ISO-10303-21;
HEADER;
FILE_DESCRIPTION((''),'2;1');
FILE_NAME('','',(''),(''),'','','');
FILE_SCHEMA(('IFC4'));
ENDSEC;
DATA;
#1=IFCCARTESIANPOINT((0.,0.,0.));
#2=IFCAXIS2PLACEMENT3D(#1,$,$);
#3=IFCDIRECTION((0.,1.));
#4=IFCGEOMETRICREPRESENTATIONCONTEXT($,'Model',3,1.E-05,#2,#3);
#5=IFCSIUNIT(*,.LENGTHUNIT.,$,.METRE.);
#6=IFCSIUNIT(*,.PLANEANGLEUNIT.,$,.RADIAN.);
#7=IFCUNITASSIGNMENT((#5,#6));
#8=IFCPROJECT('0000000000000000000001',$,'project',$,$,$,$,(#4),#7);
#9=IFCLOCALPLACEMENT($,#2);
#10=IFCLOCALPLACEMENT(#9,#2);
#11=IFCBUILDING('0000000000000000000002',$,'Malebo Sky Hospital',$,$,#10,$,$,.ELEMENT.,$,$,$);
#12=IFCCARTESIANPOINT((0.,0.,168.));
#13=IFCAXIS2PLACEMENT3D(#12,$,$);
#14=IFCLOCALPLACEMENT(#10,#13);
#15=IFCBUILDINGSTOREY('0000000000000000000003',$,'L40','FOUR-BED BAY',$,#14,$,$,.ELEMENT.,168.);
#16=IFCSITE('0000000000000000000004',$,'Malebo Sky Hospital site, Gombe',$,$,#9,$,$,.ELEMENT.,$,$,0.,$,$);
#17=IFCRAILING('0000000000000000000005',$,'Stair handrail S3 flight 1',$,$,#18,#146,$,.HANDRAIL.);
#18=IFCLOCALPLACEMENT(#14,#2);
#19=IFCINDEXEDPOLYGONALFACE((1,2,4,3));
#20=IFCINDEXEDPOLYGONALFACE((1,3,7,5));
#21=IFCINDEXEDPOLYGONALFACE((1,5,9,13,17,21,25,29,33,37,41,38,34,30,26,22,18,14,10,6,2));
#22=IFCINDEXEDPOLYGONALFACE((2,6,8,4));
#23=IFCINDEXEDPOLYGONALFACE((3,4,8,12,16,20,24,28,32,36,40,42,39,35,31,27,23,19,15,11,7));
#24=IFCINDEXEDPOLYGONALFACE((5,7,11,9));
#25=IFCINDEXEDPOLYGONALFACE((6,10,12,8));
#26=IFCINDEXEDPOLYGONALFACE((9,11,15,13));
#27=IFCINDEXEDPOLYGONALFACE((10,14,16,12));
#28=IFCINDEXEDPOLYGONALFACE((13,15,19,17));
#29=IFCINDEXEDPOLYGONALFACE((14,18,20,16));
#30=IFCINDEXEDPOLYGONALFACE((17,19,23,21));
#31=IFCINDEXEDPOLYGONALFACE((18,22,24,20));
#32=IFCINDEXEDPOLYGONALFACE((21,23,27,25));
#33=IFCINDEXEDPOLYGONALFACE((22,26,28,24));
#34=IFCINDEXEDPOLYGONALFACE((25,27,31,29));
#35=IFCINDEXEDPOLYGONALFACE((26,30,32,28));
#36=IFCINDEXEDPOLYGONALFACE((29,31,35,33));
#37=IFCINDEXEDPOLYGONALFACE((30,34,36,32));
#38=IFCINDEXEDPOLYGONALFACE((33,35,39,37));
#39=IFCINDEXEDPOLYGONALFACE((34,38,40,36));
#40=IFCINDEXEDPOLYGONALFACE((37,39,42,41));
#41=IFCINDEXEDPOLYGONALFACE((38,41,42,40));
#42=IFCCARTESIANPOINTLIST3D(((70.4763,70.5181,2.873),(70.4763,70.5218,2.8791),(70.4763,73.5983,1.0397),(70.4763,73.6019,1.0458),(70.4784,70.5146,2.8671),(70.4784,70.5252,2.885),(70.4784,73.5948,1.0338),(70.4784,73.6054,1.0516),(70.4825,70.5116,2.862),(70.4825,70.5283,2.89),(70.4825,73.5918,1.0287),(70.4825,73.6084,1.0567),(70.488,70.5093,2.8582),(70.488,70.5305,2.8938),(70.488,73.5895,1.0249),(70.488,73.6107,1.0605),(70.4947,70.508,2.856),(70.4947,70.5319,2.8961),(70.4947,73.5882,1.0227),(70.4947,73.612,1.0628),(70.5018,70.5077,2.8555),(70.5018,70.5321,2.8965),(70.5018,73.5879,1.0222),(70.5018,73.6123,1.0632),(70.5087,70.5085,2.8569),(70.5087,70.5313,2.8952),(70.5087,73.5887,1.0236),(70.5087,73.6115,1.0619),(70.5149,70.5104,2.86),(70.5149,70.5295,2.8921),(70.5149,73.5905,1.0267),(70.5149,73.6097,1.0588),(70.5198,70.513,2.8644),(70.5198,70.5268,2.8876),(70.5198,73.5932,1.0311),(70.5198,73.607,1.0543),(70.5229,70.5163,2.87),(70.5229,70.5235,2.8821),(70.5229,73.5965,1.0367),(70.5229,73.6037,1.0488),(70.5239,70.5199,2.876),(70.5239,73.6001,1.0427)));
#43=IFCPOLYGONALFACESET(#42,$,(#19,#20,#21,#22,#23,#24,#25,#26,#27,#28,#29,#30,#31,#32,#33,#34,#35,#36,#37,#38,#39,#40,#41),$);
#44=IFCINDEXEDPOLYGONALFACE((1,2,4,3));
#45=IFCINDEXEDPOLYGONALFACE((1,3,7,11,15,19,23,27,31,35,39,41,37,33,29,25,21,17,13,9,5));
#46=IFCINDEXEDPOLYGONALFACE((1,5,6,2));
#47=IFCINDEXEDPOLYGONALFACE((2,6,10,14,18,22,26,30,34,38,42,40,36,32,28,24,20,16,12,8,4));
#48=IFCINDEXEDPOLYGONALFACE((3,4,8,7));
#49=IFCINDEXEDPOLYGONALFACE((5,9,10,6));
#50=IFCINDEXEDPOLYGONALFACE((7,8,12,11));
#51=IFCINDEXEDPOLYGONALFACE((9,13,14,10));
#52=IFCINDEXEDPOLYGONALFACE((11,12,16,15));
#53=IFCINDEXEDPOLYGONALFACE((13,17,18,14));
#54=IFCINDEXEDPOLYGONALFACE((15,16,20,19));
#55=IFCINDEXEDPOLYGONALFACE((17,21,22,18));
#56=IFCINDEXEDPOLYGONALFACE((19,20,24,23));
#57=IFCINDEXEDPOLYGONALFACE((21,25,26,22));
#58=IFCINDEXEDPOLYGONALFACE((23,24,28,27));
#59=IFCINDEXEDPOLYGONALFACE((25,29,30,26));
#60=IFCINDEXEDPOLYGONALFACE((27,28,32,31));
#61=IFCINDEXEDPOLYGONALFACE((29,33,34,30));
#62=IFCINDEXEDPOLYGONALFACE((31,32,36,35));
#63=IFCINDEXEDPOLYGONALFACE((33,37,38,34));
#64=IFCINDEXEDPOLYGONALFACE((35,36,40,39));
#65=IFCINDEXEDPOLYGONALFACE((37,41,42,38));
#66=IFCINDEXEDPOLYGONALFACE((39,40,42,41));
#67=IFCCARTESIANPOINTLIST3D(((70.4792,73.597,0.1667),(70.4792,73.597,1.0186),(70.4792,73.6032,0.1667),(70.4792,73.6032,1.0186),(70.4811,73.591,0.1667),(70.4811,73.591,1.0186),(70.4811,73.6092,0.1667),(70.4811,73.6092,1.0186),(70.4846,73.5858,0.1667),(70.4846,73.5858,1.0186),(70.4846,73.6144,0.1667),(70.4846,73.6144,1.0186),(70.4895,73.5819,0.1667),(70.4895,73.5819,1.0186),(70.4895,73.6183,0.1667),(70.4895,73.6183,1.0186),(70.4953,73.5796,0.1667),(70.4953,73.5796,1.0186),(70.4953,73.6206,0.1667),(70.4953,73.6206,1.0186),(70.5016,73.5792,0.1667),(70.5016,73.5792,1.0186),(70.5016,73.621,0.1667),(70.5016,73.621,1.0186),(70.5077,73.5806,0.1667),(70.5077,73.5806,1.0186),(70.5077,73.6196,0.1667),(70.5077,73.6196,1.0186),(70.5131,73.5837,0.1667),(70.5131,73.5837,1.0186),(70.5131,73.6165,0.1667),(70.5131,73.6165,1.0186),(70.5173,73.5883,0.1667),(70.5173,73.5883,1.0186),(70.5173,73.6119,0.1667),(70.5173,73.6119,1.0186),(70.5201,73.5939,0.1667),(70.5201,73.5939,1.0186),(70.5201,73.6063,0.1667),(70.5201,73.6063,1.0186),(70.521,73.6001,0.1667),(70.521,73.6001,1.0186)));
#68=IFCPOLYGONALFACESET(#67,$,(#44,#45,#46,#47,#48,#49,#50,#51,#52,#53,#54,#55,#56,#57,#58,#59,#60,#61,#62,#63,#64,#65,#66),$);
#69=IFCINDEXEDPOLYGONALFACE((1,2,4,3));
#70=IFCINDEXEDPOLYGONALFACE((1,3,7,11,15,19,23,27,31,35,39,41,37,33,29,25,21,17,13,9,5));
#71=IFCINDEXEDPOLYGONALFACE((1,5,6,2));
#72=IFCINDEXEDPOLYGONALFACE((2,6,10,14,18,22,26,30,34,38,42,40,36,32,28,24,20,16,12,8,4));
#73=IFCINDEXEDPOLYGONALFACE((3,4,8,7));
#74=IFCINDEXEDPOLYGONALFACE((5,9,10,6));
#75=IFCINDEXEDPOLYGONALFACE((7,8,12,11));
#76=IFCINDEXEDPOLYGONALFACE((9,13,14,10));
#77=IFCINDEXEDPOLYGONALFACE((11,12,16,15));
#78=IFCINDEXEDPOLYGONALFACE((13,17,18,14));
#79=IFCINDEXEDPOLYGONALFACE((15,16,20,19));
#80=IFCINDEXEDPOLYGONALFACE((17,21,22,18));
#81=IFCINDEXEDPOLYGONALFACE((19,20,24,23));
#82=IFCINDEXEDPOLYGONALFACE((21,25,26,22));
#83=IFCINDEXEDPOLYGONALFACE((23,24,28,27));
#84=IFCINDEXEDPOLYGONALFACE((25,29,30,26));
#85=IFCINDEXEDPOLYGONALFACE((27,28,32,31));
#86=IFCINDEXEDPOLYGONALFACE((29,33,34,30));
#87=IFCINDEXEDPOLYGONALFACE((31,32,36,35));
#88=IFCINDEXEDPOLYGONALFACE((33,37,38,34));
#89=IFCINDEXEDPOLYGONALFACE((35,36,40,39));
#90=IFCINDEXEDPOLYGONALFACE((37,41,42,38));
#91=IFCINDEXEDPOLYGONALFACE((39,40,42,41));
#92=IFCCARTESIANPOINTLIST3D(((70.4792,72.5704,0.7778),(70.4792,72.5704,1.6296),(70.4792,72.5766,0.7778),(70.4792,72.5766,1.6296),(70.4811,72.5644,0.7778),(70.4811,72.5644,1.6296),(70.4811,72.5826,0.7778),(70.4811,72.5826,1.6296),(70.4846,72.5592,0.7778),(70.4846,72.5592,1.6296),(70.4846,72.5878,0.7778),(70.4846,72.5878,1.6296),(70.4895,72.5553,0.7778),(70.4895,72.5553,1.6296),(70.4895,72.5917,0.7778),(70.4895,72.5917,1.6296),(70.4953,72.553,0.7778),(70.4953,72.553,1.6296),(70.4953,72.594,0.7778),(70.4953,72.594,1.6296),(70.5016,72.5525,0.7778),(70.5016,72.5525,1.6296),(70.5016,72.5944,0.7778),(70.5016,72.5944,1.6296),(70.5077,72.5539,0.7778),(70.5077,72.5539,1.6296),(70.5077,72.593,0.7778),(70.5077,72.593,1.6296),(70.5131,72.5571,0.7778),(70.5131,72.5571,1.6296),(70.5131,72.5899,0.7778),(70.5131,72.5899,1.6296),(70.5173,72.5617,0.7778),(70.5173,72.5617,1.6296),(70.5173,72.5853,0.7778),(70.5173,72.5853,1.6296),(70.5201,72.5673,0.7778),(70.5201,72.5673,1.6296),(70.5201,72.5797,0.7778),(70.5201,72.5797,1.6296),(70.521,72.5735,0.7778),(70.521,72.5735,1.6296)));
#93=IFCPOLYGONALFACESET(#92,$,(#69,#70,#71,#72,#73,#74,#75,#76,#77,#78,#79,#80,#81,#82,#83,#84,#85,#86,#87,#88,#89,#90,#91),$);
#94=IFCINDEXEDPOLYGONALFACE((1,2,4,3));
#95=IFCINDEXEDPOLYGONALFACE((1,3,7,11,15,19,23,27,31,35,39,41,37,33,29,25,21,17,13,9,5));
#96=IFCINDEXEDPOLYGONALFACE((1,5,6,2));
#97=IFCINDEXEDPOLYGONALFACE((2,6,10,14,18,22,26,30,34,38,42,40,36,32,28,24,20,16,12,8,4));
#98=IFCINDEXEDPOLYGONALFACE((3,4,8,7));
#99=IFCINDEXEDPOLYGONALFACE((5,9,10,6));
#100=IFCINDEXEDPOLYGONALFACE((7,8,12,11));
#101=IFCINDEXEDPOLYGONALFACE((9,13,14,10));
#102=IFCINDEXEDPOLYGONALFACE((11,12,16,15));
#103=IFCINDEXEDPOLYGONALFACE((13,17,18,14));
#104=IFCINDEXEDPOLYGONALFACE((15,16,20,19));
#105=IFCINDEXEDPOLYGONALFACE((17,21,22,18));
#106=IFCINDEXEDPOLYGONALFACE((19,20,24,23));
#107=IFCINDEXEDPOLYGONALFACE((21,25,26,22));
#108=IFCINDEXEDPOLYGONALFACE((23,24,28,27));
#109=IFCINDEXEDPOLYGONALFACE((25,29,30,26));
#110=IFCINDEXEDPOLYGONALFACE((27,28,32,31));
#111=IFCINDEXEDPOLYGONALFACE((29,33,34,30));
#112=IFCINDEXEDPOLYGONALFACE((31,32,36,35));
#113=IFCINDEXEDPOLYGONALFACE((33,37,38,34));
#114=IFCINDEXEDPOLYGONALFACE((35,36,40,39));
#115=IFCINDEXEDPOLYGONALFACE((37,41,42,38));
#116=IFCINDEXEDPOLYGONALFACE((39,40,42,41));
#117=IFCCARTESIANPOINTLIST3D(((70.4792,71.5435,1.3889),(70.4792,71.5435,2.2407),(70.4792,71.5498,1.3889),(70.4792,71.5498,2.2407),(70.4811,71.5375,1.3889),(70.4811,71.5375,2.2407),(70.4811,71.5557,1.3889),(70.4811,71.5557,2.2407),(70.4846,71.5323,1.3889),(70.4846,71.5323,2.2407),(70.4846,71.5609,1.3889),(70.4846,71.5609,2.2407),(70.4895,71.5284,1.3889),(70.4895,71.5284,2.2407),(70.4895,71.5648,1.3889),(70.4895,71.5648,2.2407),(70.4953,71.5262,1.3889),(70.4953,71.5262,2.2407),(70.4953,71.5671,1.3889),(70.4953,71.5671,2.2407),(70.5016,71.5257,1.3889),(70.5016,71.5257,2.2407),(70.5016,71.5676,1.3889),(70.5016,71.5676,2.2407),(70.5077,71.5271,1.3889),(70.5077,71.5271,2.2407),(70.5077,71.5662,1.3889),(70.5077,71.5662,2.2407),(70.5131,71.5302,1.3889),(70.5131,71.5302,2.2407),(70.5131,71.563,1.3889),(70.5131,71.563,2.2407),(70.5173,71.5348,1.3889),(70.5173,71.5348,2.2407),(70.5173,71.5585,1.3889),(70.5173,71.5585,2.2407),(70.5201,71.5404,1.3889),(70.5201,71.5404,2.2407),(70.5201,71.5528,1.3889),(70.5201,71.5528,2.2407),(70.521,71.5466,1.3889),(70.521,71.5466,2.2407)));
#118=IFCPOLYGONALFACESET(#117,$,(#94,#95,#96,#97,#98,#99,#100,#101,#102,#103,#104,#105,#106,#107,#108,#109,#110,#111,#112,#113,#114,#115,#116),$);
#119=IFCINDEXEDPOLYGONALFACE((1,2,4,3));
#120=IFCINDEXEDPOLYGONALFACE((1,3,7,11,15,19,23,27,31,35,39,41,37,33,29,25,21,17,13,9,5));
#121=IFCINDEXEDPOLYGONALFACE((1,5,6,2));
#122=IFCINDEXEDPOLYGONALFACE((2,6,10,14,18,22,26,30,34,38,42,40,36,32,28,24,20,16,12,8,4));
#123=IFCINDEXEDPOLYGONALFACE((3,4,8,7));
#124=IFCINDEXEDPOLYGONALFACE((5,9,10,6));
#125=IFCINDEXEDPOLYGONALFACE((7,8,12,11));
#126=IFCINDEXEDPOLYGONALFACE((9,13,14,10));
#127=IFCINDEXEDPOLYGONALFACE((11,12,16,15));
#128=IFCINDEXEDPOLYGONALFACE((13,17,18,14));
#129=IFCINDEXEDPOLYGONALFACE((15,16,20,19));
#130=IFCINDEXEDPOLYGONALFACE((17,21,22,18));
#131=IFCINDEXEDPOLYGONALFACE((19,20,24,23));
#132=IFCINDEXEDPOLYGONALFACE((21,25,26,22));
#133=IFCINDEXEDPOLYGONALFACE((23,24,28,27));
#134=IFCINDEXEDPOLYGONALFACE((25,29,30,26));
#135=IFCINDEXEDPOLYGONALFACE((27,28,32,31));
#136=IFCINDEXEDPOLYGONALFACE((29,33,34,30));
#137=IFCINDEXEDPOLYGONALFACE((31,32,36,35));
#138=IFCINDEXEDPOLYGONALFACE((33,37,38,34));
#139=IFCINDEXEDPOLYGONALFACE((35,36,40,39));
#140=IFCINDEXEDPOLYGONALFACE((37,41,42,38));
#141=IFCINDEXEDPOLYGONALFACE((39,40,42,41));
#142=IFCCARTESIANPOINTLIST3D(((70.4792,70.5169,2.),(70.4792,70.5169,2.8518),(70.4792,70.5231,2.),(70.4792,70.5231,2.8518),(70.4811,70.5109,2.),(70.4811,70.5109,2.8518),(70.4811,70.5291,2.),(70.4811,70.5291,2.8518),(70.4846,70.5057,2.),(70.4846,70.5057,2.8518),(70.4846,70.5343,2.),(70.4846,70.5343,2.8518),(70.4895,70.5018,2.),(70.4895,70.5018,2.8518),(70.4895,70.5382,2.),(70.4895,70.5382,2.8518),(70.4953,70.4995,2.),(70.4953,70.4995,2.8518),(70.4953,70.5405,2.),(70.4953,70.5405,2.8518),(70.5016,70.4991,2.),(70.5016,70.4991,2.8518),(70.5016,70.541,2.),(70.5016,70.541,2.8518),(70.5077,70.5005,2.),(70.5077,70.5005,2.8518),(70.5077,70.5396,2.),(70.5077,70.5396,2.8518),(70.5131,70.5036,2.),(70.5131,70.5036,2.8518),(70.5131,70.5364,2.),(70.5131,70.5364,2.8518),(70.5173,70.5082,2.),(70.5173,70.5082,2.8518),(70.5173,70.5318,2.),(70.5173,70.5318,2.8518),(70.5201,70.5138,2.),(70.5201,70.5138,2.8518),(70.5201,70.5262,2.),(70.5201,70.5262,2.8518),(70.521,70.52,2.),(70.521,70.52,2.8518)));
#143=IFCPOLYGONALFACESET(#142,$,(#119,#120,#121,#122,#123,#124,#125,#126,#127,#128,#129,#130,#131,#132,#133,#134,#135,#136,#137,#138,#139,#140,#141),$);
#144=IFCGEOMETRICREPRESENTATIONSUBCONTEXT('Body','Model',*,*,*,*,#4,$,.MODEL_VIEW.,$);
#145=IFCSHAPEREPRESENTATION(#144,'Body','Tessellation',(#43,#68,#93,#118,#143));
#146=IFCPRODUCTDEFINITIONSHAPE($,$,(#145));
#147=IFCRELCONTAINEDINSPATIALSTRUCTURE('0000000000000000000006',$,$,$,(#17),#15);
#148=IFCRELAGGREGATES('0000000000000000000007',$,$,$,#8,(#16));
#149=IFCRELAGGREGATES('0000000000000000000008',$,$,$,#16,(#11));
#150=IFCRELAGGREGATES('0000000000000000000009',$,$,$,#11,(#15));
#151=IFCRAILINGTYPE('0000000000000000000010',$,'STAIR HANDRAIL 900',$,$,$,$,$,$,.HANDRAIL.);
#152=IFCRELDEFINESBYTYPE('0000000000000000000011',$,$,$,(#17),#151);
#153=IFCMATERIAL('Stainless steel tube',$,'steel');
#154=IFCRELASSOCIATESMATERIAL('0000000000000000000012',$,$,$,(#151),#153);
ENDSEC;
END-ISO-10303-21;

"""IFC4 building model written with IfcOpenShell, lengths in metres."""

from ifc_helpers import new_model, si_unit, direction, frame, origin, origin_2d, place, context, subcontext, project, spatial, circle, extrude, material, type_object, element, save


model = new_model("IFC4")

# Units and contexts
model_context = context("Model", 3, precision=1e-05, world=origin(), true_north=direction((0.0, 1.0)))
body_context = subcontext(model_context, "Body", "Model", "MODEL_VIEW")
ifc_project = project(units=[si_unit("LENGTHUNIT", "METRE"), si_unit("PLANEANGLEUNIT", "RADIAN")], contexts=[model_context])

# Site, building, storey
site_placement = place(None, origin())
site = spatial("IfcSite", under=ifc_project, at=site_placement, Name="Malebo Sky Hospital site, Gombe", CompositionType="ELEMENT", RefElevation=0.0)
building_placement = place(site_placement, origin())
building = spatial("IfcBuilding", under=site, at=building_placement, Name="Malebo Sky Hospital", CompositionType="ELEMENT")
storey_placement = place(building_placement, frame((0.0, 0.0, 168.0)))
storey = spatial("IfcBuildingStorey", under=building, at=storey_placement, Name="L40", Description="FOUR-BED BAY", CompositionType="ELEMENT", Elevation=168.0)

# Railing
ifc_material_1 = material(Name="Stainless steel tube", Category="steel")
railing_type = type_object("IfcRailingType", Name="STAIR HANDRAIL 900", PredefinedType="HANDRAIL", material=ifc_material_1)
railing_placement = place(storey_placement, frame((70.5, 73.6001, 0.1667)))
element("IfcRailing", 1, at=railing_placement, inside=storey, type_object=railing_type, Name="Stair handrail S3 flight 1", PredefinedType="HANDRAIL", context=body_context, shape_type="SweptSolid", body=[
    extrude(circle(Radius=0.0239, at=origin_2d()), frame((0.0, 0.0, 0.876), z_axis=(0.0, -0.859309, 0.511458), x_axis=(1.0, 0.0, 0.0)), (0.0, 0.0, 1.0), 3.5845),
    extrude(circle(Radius=0.021, at=origin_2d()), origin(), (0.0, 0.0, 1.0), 0.8518),
    extrude(circle(Radius=0.021, at=origin_2d()), frame((0.0, -1.0266, 0.6111)), (0.0, 0.0, 1.0), 0.8518),
    extrude(circle(Radius=0.021, at=origin_2d()), frame((0.0, -2.0535, 1.2222)), (0.0, 0.0, 1.0), 0.8518),
    extrude(circle(Radius=0.021, at=origin_2d()), frame((0.0, -3.0801, 1.8333)), (0.0, 0.0, 1.0), 0.8518),
])

save(model, "model.ifc")
